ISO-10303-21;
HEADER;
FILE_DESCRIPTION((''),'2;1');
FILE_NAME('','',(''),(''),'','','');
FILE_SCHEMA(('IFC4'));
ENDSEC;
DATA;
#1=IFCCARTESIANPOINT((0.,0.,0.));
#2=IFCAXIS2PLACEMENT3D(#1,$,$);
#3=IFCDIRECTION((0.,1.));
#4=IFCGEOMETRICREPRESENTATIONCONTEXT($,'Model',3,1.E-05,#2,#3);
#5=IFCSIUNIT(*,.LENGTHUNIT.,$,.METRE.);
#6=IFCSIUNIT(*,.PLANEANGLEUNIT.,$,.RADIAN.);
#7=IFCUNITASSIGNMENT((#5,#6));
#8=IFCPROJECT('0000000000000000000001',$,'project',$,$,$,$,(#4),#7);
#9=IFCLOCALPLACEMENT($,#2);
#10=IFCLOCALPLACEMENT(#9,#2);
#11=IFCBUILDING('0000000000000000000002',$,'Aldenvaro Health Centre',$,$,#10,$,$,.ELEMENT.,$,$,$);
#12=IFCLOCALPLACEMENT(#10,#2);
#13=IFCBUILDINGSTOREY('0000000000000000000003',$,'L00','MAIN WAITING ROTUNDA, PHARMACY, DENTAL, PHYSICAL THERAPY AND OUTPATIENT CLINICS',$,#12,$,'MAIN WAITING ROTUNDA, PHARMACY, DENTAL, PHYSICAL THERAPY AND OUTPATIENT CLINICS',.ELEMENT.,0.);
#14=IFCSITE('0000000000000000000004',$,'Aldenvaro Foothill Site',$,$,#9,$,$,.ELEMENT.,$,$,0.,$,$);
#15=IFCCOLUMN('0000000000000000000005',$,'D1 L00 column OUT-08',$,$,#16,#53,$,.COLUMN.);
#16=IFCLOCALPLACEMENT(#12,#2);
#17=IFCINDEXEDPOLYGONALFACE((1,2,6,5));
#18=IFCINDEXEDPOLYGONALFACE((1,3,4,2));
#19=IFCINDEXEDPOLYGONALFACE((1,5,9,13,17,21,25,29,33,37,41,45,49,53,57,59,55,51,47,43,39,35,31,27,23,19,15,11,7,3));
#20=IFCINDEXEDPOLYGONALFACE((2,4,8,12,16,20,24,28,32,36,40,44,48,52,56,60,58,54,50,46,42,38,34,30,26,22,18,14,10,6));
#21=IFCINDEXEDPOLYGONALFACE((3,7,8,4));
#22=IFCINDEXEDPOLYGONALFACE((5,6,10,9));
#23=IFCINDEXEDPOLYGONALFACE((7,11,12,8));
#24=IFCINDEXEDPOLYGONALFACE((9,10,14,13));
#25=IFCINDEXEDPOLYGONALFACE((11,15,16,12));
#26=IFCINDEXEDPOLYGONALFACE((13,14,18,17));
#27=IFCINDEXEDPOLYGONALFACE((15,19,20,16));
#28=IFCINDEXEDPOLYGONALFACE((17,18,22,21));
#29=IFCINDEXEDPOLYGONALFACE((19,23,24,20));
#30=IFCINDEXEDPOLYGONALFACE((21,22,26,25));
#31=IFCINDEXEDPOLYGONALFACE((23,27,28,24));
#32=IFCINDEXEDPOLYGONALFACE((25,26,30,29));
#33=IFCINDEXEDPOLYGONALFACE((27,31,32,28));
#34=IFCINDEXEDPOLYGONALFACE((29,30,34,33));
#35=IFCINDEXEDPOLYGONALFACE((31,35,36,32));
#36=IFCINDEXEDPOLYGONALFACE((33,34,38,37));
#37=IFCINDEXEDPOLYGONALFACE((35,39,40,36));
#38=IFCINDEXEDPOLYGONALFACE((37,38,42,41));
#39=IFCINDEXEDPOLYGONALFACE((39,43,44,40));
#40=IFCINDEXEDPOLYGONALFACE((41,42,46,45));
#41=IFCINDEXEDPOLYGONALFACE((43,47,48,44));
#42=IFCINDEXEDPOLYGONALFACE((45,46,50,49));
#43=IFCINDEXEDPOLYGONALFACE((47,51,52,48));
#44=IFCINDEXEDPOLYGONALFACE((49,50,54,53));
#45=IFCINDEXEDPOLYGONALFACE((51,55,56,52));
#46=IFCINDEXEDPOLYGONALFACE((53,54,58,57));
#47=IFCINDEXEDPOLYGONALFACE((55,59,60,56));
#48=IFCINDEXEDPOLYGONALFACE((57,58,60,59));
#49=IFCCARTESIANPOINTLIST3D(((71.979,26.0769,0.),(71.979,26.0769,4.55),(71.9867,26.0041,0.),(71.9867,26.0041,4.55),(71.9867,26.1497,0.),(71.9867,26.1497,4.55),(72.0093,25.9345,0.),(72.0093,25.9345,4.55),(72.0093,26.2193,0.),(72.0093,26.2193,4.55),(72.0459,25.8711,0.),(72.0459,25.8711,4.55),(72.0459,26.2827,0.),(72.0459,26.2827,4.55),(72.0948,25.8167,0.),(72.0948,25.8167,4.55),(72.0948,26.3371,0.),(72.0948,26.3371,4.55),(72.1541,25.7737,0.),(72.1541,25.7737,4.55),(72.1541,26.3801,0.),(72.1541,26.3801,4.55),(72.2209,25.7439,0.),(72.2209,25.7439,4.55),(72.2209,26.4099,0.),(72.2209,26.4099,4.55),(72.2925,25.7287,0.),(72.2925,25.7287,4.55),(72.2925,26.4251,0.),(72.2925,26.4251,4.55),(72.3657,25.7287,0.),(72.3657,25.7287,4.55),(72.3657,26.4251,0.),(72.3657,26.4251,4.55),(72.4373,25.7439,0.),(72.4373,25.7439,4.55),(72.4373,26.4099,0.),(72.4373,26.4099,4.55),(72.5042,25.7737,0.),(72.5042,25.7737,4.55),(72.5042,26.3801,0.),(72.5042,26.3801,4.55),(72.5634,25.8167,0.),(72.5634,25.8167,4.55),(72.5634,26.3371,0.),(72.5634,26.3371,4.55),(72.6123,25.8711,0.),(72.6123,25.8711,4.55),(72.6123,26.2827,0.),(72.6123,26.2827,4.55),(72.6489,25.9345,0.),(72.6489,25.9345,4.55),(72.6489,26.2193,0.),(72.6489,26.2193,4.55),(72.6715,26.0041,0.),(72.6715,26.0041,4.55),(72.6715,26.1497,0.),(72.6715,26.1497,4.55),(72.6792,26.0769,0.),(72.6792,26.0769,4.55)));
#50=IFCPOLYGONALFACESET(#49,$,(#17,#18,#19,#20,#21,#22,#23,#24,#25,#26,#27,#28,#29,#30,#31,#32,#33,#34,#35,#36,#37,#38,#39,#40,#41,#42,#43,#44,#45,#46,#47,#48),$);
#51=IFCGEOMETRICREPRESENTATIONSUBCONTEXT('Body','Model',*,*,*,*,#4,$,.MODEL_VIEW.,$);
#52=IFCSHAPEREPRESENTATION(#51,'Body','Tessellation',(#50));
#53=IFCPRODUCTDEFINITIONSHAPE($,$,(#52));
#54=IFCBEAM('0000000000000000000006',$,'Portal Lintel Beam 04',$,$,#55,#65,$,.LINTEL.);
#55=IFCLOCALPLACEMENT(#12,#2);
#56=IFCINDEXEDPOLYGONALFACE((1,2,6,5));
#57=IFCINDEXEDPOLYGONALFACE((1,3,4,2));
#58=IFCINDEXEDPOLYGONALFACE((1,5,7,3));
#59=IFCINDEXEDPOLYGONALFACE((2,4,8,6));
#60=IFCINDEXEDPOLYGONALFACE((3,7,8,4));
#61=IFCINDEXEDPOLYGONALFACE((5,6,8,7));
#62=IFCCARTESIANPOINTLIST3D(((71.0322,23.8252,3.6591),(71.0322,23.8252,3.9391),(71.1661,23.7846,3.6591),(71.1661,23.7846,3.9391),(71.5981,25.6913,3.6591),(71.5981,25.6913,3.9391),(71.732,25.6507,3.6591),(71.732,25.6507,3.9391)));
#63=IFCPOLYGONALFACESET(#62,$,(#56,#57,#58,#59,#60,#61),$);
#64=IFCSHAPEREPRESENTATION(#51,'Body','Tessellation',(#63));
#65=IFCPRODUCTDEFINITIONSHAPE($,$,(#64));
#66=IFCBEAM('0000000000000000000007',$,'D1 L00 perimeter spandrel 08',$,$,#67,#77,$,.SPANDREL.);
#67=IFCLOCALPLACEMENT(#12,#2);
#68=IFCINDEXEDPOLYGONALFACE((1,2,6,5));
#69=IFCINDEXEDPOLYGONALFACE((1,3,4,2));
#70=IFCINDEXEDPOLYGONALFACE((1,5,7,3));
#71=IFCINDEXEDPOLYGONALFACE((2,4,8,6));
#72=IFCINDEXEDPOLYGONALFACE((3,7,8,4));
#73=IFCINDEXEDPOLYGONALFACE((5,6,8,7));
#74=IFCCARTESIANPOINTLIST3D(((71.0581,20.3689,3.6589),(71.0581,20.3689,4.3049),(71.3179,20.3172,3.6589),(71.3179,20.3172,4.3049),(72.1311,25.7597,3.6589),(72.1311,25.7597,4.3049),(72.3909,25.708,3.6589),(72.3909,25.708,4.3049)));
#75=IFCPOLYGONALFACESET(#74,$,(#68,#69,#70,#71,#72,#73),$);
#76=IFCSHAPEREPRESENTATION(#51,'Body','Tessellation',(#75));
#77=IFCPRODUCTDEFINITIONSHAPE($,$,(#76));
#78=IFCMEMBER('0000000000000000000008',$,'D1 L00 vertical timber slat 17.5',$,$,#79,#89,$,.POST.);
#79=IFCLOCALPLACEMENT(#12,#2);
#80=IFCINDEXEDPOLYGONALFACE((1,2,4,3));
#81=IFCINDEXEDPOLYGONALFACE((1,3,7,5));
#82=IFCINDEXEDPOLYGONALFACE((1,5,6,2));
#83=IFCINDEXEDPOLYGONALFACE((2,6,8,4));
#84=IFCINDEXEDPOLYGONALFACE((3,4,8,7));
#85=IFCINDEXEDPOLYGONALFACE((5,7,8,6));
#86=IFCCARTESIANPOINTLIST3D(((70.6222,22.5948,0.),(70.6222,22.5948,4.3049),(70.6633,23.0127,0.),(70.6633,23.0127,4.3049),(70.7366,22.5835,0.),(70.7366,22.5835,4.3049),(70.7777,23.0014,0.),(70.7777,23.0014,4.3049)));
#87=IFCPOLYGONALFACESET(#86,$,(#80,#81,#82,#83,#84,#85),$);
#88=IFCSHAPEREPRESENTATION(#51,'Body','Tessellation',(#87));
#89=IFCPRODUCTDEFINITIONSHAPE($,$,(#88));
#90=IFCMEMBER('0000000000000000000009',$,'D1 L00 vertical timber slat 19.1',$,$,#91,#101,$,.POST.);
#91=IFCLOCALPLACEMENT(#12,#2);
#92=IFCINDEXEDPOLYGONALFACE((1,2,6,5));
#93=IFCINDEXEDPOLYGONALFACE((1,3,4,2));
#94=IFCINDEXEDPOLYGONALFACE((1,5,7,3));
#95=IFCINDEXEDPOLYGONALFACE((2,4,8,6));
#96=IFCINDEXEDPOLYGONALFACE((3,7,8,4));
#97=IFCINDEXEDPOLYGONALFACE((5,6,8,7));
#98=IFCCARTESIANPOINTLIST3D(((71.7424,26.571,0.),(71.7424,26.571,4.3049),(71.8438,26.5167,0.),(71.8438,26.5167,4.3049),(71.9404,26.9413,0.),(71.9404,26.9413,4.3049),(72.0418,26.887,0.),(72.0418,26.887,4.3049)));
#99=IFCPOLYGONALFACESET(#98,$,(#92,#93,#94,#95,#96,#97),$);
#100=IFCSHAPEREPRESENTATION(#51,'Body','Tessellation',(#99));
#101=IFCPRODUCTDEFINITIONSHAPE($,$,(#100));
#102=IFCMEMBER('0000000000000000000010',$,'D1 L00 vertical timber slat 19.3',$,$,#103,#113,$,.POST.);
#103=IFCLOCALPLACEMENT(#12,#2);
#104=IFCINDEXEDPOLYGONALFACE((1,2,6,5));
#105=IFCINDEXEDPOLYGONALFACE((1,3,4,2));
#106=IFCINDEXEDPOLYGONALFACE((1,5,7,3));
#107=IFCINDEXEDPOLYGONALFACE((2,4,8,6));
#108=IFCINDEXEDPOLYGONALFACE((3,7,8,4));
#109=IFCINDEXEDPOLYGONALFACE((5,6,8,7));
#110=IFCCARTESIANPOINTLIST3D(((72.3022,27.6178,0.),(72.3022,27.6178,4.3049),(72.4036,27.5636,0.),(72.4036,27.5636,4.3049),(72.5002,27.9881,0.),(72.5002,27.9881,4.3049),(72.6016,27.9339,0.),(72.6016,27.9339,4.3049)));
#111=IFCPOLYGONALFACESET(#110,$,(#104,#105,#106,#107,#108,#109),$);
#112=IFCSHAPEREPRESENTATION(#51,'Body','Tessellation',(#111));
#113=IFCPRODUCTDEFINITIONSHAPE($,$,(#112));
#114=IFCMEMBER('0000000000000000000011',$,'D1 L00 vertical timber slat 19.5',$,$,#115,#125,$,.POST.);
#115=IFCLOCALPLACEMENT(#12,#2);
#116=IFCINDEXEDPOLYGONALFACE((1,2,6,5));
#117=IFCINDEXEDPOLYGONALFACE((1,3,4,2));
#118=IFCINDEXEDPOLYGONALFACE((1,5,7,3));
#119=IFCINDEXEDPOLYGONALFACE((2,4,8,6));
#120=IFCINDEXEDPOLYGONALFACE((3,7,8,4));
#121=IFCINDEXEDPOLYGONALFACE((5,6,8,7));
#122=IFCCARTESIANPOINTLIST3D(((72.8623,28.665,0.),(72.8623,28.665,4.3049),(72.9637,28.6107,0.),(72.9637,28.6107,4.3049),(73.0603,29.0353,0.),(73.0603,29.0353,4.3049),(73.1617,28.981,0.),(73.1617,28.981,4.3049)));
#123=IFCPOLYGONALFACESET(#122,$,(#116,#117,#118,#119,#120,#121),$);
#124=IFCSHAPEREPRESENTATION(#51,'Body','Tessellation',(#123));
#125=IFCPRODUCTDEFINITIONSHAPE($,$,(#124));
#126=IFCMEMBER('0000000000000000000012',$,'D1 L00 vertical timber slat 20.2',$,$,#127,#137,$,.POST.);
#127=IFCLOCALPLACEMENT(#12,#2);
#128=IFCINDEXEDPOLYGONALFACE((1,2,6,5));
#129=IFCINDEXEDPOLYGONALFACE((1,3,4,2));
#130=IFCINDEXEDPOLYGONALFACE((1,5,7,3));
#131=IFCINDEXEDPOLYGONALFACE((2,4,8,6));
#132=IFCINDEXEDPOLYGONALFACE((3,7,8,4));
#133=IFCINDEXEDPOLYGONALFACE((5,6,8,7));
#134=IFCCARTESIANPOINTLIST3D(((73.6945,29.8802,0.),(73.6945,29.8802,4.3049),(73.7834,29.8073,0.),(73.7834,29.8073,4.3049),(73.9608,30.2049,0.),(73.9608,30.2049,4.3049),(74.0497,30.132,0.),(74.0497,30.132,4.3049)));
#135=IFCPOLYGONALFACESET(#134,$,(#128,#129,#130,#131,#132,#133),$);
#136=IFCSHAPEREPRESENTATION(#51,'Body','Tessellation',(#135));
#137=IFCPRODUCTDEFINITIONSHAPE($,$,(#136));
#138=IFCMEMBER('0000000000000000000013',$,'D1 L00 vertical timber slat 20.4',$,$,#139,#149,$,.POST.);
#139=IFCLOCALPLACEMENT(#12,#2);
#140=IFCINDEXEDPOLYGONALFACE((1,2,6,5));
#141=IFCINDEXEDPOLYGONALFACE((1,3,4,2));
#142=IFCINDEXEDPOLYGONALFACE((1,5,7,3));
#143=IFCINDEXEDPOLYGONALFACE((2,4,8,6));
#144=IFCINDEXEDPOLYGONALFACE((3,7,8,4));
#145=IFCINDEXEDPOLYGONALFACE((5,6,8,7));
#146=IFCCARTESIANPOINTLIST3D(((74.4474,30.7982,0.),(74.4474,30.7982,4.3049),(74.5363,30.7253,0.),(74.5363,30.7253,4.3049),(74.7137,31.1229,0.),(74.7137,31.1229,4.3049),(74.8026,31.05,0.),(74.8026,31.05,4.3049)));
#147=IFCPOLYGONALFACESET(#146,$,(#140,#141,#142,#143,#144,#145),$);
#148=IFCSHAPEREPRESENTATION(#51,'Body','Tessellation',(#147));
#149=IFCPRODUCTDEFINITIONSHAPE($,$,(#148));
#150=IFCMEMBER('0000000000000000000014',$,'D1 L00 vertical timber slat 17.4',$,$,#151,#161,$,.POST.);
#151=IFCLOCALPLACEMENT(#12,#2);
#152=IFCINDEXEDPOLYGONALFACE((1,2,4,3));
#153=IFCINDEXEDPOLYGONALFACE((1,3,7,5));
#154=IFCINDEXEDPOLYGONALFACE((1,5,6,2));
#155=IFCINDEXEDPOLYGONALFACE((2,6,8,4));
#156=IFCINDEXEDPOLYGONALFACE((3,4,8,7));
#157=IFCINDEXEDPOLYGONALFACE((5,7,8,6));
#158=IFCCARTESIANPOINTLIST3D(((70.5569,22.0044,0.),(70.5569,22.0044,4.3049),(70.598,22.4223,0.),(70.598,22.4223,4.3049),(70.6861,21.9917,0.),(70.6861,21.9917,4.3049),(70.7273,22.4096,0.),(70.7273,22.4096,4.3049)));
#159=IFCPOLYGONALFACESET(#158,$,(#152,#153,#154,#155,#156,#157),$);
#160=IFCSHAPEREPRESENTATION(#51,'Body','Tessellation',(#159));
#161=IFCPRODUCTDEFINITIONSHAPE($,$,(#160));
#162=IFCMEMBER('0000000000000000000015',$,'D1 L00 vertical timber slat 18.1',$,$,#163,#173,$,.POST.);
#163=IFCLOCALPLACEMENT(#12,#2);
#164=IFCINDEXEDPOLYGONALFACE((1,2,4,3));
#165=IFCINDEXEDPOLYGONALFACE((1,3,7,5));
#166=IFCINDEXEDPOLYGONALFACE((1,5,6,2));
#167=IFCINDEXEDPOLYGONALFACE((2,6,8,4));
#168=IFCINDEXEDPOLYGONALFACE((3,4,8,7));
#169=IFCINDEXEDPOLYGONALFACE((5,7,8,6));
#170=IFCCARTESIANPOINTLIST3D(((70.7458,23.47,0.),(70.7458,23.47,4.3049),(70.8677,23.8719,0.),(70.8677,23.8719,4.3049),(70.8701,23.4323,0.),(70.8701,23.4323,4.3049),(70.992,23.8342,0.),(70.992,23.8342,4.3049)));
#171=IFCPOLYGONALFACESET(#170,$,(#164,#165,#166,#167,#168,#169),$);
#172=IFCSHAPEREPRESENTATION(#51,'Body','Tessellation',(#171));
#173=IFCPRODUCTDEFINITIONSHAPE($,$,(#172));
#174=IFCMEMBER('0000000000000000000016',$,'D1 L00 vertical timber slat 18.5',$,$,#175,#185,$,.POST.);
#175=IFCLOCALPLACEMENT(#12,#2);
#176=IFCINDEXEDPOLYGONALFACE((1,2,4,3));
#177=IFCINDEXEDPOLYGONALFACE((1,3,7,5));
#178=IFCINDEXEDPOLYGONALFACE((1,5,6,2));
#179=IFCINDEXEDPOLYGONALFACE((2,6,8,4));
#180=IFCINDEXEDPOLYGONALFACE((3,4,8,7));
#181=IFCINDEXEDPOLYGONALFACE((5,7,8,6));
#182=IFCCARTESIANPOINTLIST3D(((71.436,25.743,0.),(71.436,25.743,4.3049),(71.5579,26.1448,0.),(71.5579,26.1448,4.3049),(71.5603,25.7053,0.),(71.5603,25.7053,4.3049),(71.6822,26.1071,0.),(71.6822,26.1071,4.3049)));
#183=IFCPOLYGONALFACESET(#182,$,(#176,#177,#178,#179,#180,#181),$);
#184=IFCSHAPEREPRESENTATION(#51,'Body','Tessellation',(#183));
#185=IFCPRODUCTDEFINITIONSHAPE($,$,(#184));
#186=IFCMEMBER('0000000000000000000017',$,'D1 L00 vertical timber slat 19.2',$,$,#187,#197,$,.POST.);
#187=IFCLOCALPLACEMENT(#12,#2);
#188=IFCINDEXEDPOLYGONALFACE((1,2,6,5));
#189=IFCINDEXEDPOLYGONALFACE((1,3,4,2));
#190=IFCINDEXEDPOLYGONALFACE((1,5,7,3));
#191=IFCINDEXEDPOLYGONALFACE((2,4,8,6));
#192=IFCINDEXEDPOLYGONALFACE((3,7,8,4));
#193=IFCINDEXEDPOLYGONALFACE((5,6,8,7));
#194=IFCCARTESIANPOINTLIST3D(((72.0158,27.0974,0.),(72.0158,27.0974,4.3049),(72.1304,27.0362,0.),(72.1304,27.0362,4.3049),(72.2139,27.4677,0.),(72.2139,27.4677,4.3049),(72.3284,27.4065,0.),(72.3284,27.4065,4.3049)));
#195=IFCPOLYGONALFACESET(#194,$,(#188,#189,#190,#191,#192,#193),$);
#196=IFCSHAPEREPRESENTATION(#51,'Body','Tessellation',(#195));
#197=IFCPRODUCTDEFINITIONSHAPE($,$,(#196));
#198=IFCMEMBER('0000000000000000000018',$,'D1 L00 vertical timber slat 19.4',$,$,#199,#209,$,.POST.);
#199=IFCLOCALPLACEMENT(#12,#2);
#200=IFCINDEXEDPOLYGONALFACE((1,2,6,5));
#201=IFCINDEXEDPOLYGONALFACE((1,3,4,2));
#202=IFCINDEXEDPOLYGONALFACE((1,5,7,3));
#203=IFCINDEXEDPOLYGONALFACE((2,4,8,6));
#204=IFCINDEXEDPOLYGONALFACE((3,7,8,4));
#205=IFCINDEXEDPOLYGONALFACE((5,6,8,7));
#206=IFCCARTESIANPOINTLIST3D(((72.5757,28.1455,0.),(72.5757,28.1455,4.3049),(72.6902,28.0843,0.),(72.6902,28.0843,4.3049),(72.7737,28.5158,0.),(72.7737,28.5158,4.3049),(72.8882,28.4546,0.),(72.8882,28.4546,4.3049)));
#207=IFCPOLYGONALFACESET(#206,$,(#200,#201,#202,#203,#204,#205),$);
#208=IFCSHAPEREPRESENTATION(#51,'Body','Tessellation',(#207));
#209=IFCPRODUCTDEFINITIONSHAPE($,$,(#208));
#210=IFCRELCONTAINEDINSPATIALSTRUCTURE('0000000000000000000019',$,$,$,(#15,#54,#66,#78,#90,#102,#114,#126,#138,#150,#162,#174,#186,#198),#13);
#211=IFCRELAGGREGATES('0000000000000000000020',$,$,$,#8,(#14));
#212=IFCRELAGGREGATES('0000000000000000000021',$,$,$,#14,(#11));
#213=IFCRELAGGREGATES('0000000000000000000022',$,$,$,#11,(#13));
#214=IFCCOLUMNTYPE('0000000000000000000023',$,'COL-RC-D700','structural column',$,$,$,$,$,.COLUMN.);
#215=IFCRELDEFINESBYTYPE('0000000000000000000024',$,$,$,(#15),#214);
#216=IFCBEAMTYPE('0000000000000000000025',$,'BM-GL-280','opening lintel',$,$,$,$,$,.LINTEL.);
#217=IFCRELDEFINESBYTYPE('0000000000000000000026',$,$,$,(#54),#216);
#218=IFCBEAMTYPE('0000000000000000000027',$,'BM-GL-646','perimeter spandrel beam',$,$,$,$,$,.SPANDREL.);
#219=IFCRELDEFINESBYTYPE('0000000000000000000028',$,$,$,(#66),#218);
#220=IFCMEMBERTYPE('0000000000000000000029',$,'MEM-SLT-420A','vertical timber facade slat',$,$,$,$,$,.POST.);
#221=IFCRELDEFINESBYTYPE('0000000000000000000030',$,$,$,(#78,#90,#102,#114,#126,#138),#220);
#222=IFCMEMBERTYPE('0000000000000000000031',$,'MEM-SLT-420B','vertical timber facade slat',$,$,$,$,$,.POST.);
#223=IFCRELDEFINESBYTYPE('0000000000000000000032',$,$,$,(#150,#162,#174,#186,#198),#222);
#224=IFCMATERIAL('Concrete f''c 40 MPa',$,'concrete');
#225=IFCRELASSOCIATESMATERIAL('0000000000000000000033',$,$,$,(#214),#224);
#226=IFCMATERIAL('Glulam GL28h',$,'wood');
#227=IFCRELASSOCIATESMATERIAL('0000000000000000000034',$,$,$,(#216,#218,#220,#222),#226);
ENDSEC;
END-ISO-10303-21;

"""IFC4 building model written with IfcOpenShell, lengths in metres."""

from ifc_helpers import new_model, si_unit, direction, frame, origin, origin_2d, place, context, subcontext, project, spatial, rectangle, circle, extrude, material, material_profile, profile_set, type_object, element, save


model = new_model("IFC4")

# Units and contexts
model_context = context("Model", 3, precision=1e-05, world=origin(), true_north=direction((0.0, 1.0)))
body_context = subcontext(model_context, "Body", "Model", "MODEL_VIEW")
ifc_project = project(units=[si_unit("LENGTHUNIT", "METRE"), si_unit("PLANEANGLEUNIT", "RADIAN")], contexts=[model_context])

# Site, building, storey
site_placement = place(None, origin())
site = spatial("IfcSite", under=ifc_project, at=site_placement, Name="Aldenvaro Foothill Site", CompositionType="ELEMENT", RefElevation=0.0)
building_placement = place(site_placement, origin())
building = spatial("IfcBuilding", under=site, at=building_placement, Name="Aldenvaro Health Centre", CompositionType="ELEMENT")
storey_placement = place(building_placement, origin())
storey = spatial("IfcBuildingStorey", under=building, at=storey_placement, Name="L00", Description="MAIN WAITING ROTUNDA, PHARMACY, DENTAL, PHYSICAL THERAPY AND OUTPATIENT CLINICS", LongName="MAIN WAITING ROTUNDA, PHARMACY, DENTAL, PHYSICAL THERAPY AND OUTPATIENT CLINICS", CompositionType="ELEMENT", Elevation=0.0)

# Column
ifc_material_1 = material(Name="Concrete f'c 40 MPa", Category="concrete")
ifc_material_profile_1 = material_profile(ifc_material_1, circle(Radius=0.3501, at=origin_2d()), Name="RC D700", Category="concrete")
ifc_profile_set_1 = profile_set([ifc_material_profile_1], Name="Concrete f'c 40 MPa")
column_type = type_object("IfcColumnType", Name="COL-RC-D700", Description="structural column", PredefinedType="COLUMN", material=ifc_profile_set_1)
column_placement = place(storey_placement, frame((72.3291, 26.0769, 0.0), z_axis=(0.0, 0.0, 1.0), x_axis=(1.0, 0.0, 0.0)))
element("IfcColumn", 1, at=column_placement, inside=storey, type_object=column_type, Name="D1 L00 column OUT-08", PredefinedType="COLUMN", context=body_context, shape_type="SweptSolid", body=[
    extrude(circle(Radius=0.3501, at=origin_2d()), origin(), (0.0, 0.0, 1.0), 4.55),
])

# Beams
ifc_material_2 = material(Name="Glulam GL28h", Category="wood")
ifc_material_profile_2 = material_profile(ifc_material_2, rectangle(XDim=0.1399, YDim=0.28, at=origin_2d()), Name="GL 140x280", Category="wood")
ifc_profile_set_2 = profile_set([ifc_material_profile_2], Name="Glulam GL28h")
beam_type_1 = type_object("IfcBeamType", Name="BM-GL-280", Description="opening lintel", PredefinedType="LINTEL", material=ifc_profile_set_2)
beam_1_placement = place(storey_placement, frame((71.0991, 23.8049, 3.7991), z_axis=(0.29023, 0.956957, 0.0), x_axis=(-0.956957, 0.29023, 0.0)))
element("IfcBeam", 2, at=beam_1_placement, inside=storey, type_object=beam_type_1, Name="Portal Lintel Beam 04", PredefinedType="LINTEL", context=body_context, shape_type="SweptSolid", body=[
    extrude(rectangle(XDim=0.1399, YDim=0.28, at=origin_2d()), origin(), (0.0, 0.0, 1.0), 1.95),
])
ifc_material_profile_3 = material_profile(ifc_material_2, rectangle(XDim=0.2649, YDim=0.646, at=origin_2d()), Name="GL 265x646", Category="wood")
ifc_profile_set_3 = profile_set([ifc_material_profile_3], Name="Glulam GL28h")
beam_type_2 = type_object("IfcBeamType", Name="BM-GL-646", Description="perimeter spandrel beam", PredefinedType="SPANDREL", material=ifc_profile_set_3)
beam_2_placement = place(storey_placement, frame((72.261, 25.7339, 3.9819), z_axis=(-0.195211, -0.980761, 0.0), x_axis=(0.980761, -0.195211, 0.0)))
element("IfcBeam", 3, at=beam_2_placement, inside=storey, type_object=beam_type_2, Name="D1 L00 perimeter spandrel 08", PredefinedType="SPANDREL", context=body_context, shape_type="SweptSolid", body=[
    extrude(rectangle(XDim=0.2649, YDim=0.646, at=origin_2d()), origin(), (0.0, 0.0, 1.0), 5.4966),
])

# Members
ifc_material_profile_4 = material_profile(ifc_material_2, rectangle(XDim=0.115, YDim=0.4199, at=origin_2d()), Name="GL 115x420", Category="wood")
ifc_profile_set_4 = profile_set([ifc_material_profile_4], Name="Glulam GL28h")
member_type_1 = type_object("IfcMemberType", Name="MEM-SLT-420A", Description="vertical timber facade slat", PredefinedType="POST", material=ifc_profile_set_4)
for number, where, z_axis, x_axis, name in (
    (4, (70.7, 22.7981, 0.0), (0.0, 0.0, 1.0), (-0.995187, 0.097994, 0.0), "D1 L00 vertical timber slat 17.5"),
    (5, (71.8921, 26.729, 0.0), (0.0, 0.0, 1.0), (-0.881836, 0.471557, 0.0), "D1 L00 vertical timber slat 19.1"),
    (6, (72.4519, 27.7759, 0.0), (0.0, 0.0, 1.0), (-0.881836, 0.471557, 0.0), "D1 L00 vertical timber slat 19.3"),
    (7, (73.012, 28.823, 0.0), (0.0, 0.0, 1.0), (-0.881836, 0.471557, 0.0), "D1 L00 vertical timber slat 19.5"),
    (8, (73.8721, 30.0061, 0.0), (0.0, 0.0, 1.0), (-0.773195, 0.634169, 0.0), "D1 L00 vertical timber slat 20.2"),
    (9, (74.625, 30.9241, 0.0), (0.0, 0.0, 1.0), (-0.773195, 0.634169, 0.0), "D1 L00 vertical timber slat 20.4"),
):
    element("IfcMember", number, at=place(storey_placement, frame(where, z_axis=z_axis, x_axis=x_axis)), inside=storey, type_object=member_type_1, Name=name, PredefinedType="POST", context=body_context, shape_type="SweptSolid", body=[
        extrude(rectangle(XDim=0.115, YDim=0.4199, at=origin_2d()), origin(), (0.0, 0.0, 1.0), 4.3049),
    ])
ifc_material_profile_5 = material_profile(ifc_material_2, rectangle(XDim=0.1299, YDim=0.4199, at=origin_2d()), Name="GL 130x420", Category="wood")
ifc_profile_set_5 = profile_set([ifc_material_profile_5], Name="Glulam GL28h")
member_type_2 = type_object("IfcMemberType", Name="MEM-SLT-420B", Description="vertical timber facade slat", PredefinedType="POST", material=ifc_profile_set_5)
for number, where, z_axis, x_axis, name in (
    (10, (70.6421, 22.207, 0.0), (0.0, 0.0, 1.0), (-0.995187, 0.097994, 0.0), "D1 L00 vertical timber slat 17.4"),
    (11, (70.8689, 23.6521, 0.0), (0.0, 0.0, 1.0), (-0.956975, 0.290171, 0.0), "D1 L00 vertical timber slat 18.1"),
    (12, (71.5591, 25.925, 0.0), (0.0, 0.0, 1.0), (-0.956975, 0.290171, 0.0), "D1 L00 vertical timber slat 18.5"),
    (13, (72.1721, 27.252, 0.0), (0.0, 0.0, 1.0), (-0.881836, 0.471557, 0.0), "D1 L00 vertical timber slat 19.2"),
    (14, (72.7319, 28.3, 0.0), (0.0, 0.0, 1.0), (-0.881836, 0.471557, 0.0), "D1 L00 vertical timber slat 19.4"),
):
    element("IfcMember", number, at=place(storey_placement, frame(where, z_axis=z_axis, x_axis=x_axis)), inside=storey, type_object=member_type_2, Name=name, PredefinedType="POST", context=body_context, shape_type="SweptSolid", body=[
        extrude(rectangle(XDim=0.1299, YDim=0.4199, at=origin_2d()), origin(), (0.0, 0.0, 1.0), 4.3049),
    ])

save(model, "model.ifc")
